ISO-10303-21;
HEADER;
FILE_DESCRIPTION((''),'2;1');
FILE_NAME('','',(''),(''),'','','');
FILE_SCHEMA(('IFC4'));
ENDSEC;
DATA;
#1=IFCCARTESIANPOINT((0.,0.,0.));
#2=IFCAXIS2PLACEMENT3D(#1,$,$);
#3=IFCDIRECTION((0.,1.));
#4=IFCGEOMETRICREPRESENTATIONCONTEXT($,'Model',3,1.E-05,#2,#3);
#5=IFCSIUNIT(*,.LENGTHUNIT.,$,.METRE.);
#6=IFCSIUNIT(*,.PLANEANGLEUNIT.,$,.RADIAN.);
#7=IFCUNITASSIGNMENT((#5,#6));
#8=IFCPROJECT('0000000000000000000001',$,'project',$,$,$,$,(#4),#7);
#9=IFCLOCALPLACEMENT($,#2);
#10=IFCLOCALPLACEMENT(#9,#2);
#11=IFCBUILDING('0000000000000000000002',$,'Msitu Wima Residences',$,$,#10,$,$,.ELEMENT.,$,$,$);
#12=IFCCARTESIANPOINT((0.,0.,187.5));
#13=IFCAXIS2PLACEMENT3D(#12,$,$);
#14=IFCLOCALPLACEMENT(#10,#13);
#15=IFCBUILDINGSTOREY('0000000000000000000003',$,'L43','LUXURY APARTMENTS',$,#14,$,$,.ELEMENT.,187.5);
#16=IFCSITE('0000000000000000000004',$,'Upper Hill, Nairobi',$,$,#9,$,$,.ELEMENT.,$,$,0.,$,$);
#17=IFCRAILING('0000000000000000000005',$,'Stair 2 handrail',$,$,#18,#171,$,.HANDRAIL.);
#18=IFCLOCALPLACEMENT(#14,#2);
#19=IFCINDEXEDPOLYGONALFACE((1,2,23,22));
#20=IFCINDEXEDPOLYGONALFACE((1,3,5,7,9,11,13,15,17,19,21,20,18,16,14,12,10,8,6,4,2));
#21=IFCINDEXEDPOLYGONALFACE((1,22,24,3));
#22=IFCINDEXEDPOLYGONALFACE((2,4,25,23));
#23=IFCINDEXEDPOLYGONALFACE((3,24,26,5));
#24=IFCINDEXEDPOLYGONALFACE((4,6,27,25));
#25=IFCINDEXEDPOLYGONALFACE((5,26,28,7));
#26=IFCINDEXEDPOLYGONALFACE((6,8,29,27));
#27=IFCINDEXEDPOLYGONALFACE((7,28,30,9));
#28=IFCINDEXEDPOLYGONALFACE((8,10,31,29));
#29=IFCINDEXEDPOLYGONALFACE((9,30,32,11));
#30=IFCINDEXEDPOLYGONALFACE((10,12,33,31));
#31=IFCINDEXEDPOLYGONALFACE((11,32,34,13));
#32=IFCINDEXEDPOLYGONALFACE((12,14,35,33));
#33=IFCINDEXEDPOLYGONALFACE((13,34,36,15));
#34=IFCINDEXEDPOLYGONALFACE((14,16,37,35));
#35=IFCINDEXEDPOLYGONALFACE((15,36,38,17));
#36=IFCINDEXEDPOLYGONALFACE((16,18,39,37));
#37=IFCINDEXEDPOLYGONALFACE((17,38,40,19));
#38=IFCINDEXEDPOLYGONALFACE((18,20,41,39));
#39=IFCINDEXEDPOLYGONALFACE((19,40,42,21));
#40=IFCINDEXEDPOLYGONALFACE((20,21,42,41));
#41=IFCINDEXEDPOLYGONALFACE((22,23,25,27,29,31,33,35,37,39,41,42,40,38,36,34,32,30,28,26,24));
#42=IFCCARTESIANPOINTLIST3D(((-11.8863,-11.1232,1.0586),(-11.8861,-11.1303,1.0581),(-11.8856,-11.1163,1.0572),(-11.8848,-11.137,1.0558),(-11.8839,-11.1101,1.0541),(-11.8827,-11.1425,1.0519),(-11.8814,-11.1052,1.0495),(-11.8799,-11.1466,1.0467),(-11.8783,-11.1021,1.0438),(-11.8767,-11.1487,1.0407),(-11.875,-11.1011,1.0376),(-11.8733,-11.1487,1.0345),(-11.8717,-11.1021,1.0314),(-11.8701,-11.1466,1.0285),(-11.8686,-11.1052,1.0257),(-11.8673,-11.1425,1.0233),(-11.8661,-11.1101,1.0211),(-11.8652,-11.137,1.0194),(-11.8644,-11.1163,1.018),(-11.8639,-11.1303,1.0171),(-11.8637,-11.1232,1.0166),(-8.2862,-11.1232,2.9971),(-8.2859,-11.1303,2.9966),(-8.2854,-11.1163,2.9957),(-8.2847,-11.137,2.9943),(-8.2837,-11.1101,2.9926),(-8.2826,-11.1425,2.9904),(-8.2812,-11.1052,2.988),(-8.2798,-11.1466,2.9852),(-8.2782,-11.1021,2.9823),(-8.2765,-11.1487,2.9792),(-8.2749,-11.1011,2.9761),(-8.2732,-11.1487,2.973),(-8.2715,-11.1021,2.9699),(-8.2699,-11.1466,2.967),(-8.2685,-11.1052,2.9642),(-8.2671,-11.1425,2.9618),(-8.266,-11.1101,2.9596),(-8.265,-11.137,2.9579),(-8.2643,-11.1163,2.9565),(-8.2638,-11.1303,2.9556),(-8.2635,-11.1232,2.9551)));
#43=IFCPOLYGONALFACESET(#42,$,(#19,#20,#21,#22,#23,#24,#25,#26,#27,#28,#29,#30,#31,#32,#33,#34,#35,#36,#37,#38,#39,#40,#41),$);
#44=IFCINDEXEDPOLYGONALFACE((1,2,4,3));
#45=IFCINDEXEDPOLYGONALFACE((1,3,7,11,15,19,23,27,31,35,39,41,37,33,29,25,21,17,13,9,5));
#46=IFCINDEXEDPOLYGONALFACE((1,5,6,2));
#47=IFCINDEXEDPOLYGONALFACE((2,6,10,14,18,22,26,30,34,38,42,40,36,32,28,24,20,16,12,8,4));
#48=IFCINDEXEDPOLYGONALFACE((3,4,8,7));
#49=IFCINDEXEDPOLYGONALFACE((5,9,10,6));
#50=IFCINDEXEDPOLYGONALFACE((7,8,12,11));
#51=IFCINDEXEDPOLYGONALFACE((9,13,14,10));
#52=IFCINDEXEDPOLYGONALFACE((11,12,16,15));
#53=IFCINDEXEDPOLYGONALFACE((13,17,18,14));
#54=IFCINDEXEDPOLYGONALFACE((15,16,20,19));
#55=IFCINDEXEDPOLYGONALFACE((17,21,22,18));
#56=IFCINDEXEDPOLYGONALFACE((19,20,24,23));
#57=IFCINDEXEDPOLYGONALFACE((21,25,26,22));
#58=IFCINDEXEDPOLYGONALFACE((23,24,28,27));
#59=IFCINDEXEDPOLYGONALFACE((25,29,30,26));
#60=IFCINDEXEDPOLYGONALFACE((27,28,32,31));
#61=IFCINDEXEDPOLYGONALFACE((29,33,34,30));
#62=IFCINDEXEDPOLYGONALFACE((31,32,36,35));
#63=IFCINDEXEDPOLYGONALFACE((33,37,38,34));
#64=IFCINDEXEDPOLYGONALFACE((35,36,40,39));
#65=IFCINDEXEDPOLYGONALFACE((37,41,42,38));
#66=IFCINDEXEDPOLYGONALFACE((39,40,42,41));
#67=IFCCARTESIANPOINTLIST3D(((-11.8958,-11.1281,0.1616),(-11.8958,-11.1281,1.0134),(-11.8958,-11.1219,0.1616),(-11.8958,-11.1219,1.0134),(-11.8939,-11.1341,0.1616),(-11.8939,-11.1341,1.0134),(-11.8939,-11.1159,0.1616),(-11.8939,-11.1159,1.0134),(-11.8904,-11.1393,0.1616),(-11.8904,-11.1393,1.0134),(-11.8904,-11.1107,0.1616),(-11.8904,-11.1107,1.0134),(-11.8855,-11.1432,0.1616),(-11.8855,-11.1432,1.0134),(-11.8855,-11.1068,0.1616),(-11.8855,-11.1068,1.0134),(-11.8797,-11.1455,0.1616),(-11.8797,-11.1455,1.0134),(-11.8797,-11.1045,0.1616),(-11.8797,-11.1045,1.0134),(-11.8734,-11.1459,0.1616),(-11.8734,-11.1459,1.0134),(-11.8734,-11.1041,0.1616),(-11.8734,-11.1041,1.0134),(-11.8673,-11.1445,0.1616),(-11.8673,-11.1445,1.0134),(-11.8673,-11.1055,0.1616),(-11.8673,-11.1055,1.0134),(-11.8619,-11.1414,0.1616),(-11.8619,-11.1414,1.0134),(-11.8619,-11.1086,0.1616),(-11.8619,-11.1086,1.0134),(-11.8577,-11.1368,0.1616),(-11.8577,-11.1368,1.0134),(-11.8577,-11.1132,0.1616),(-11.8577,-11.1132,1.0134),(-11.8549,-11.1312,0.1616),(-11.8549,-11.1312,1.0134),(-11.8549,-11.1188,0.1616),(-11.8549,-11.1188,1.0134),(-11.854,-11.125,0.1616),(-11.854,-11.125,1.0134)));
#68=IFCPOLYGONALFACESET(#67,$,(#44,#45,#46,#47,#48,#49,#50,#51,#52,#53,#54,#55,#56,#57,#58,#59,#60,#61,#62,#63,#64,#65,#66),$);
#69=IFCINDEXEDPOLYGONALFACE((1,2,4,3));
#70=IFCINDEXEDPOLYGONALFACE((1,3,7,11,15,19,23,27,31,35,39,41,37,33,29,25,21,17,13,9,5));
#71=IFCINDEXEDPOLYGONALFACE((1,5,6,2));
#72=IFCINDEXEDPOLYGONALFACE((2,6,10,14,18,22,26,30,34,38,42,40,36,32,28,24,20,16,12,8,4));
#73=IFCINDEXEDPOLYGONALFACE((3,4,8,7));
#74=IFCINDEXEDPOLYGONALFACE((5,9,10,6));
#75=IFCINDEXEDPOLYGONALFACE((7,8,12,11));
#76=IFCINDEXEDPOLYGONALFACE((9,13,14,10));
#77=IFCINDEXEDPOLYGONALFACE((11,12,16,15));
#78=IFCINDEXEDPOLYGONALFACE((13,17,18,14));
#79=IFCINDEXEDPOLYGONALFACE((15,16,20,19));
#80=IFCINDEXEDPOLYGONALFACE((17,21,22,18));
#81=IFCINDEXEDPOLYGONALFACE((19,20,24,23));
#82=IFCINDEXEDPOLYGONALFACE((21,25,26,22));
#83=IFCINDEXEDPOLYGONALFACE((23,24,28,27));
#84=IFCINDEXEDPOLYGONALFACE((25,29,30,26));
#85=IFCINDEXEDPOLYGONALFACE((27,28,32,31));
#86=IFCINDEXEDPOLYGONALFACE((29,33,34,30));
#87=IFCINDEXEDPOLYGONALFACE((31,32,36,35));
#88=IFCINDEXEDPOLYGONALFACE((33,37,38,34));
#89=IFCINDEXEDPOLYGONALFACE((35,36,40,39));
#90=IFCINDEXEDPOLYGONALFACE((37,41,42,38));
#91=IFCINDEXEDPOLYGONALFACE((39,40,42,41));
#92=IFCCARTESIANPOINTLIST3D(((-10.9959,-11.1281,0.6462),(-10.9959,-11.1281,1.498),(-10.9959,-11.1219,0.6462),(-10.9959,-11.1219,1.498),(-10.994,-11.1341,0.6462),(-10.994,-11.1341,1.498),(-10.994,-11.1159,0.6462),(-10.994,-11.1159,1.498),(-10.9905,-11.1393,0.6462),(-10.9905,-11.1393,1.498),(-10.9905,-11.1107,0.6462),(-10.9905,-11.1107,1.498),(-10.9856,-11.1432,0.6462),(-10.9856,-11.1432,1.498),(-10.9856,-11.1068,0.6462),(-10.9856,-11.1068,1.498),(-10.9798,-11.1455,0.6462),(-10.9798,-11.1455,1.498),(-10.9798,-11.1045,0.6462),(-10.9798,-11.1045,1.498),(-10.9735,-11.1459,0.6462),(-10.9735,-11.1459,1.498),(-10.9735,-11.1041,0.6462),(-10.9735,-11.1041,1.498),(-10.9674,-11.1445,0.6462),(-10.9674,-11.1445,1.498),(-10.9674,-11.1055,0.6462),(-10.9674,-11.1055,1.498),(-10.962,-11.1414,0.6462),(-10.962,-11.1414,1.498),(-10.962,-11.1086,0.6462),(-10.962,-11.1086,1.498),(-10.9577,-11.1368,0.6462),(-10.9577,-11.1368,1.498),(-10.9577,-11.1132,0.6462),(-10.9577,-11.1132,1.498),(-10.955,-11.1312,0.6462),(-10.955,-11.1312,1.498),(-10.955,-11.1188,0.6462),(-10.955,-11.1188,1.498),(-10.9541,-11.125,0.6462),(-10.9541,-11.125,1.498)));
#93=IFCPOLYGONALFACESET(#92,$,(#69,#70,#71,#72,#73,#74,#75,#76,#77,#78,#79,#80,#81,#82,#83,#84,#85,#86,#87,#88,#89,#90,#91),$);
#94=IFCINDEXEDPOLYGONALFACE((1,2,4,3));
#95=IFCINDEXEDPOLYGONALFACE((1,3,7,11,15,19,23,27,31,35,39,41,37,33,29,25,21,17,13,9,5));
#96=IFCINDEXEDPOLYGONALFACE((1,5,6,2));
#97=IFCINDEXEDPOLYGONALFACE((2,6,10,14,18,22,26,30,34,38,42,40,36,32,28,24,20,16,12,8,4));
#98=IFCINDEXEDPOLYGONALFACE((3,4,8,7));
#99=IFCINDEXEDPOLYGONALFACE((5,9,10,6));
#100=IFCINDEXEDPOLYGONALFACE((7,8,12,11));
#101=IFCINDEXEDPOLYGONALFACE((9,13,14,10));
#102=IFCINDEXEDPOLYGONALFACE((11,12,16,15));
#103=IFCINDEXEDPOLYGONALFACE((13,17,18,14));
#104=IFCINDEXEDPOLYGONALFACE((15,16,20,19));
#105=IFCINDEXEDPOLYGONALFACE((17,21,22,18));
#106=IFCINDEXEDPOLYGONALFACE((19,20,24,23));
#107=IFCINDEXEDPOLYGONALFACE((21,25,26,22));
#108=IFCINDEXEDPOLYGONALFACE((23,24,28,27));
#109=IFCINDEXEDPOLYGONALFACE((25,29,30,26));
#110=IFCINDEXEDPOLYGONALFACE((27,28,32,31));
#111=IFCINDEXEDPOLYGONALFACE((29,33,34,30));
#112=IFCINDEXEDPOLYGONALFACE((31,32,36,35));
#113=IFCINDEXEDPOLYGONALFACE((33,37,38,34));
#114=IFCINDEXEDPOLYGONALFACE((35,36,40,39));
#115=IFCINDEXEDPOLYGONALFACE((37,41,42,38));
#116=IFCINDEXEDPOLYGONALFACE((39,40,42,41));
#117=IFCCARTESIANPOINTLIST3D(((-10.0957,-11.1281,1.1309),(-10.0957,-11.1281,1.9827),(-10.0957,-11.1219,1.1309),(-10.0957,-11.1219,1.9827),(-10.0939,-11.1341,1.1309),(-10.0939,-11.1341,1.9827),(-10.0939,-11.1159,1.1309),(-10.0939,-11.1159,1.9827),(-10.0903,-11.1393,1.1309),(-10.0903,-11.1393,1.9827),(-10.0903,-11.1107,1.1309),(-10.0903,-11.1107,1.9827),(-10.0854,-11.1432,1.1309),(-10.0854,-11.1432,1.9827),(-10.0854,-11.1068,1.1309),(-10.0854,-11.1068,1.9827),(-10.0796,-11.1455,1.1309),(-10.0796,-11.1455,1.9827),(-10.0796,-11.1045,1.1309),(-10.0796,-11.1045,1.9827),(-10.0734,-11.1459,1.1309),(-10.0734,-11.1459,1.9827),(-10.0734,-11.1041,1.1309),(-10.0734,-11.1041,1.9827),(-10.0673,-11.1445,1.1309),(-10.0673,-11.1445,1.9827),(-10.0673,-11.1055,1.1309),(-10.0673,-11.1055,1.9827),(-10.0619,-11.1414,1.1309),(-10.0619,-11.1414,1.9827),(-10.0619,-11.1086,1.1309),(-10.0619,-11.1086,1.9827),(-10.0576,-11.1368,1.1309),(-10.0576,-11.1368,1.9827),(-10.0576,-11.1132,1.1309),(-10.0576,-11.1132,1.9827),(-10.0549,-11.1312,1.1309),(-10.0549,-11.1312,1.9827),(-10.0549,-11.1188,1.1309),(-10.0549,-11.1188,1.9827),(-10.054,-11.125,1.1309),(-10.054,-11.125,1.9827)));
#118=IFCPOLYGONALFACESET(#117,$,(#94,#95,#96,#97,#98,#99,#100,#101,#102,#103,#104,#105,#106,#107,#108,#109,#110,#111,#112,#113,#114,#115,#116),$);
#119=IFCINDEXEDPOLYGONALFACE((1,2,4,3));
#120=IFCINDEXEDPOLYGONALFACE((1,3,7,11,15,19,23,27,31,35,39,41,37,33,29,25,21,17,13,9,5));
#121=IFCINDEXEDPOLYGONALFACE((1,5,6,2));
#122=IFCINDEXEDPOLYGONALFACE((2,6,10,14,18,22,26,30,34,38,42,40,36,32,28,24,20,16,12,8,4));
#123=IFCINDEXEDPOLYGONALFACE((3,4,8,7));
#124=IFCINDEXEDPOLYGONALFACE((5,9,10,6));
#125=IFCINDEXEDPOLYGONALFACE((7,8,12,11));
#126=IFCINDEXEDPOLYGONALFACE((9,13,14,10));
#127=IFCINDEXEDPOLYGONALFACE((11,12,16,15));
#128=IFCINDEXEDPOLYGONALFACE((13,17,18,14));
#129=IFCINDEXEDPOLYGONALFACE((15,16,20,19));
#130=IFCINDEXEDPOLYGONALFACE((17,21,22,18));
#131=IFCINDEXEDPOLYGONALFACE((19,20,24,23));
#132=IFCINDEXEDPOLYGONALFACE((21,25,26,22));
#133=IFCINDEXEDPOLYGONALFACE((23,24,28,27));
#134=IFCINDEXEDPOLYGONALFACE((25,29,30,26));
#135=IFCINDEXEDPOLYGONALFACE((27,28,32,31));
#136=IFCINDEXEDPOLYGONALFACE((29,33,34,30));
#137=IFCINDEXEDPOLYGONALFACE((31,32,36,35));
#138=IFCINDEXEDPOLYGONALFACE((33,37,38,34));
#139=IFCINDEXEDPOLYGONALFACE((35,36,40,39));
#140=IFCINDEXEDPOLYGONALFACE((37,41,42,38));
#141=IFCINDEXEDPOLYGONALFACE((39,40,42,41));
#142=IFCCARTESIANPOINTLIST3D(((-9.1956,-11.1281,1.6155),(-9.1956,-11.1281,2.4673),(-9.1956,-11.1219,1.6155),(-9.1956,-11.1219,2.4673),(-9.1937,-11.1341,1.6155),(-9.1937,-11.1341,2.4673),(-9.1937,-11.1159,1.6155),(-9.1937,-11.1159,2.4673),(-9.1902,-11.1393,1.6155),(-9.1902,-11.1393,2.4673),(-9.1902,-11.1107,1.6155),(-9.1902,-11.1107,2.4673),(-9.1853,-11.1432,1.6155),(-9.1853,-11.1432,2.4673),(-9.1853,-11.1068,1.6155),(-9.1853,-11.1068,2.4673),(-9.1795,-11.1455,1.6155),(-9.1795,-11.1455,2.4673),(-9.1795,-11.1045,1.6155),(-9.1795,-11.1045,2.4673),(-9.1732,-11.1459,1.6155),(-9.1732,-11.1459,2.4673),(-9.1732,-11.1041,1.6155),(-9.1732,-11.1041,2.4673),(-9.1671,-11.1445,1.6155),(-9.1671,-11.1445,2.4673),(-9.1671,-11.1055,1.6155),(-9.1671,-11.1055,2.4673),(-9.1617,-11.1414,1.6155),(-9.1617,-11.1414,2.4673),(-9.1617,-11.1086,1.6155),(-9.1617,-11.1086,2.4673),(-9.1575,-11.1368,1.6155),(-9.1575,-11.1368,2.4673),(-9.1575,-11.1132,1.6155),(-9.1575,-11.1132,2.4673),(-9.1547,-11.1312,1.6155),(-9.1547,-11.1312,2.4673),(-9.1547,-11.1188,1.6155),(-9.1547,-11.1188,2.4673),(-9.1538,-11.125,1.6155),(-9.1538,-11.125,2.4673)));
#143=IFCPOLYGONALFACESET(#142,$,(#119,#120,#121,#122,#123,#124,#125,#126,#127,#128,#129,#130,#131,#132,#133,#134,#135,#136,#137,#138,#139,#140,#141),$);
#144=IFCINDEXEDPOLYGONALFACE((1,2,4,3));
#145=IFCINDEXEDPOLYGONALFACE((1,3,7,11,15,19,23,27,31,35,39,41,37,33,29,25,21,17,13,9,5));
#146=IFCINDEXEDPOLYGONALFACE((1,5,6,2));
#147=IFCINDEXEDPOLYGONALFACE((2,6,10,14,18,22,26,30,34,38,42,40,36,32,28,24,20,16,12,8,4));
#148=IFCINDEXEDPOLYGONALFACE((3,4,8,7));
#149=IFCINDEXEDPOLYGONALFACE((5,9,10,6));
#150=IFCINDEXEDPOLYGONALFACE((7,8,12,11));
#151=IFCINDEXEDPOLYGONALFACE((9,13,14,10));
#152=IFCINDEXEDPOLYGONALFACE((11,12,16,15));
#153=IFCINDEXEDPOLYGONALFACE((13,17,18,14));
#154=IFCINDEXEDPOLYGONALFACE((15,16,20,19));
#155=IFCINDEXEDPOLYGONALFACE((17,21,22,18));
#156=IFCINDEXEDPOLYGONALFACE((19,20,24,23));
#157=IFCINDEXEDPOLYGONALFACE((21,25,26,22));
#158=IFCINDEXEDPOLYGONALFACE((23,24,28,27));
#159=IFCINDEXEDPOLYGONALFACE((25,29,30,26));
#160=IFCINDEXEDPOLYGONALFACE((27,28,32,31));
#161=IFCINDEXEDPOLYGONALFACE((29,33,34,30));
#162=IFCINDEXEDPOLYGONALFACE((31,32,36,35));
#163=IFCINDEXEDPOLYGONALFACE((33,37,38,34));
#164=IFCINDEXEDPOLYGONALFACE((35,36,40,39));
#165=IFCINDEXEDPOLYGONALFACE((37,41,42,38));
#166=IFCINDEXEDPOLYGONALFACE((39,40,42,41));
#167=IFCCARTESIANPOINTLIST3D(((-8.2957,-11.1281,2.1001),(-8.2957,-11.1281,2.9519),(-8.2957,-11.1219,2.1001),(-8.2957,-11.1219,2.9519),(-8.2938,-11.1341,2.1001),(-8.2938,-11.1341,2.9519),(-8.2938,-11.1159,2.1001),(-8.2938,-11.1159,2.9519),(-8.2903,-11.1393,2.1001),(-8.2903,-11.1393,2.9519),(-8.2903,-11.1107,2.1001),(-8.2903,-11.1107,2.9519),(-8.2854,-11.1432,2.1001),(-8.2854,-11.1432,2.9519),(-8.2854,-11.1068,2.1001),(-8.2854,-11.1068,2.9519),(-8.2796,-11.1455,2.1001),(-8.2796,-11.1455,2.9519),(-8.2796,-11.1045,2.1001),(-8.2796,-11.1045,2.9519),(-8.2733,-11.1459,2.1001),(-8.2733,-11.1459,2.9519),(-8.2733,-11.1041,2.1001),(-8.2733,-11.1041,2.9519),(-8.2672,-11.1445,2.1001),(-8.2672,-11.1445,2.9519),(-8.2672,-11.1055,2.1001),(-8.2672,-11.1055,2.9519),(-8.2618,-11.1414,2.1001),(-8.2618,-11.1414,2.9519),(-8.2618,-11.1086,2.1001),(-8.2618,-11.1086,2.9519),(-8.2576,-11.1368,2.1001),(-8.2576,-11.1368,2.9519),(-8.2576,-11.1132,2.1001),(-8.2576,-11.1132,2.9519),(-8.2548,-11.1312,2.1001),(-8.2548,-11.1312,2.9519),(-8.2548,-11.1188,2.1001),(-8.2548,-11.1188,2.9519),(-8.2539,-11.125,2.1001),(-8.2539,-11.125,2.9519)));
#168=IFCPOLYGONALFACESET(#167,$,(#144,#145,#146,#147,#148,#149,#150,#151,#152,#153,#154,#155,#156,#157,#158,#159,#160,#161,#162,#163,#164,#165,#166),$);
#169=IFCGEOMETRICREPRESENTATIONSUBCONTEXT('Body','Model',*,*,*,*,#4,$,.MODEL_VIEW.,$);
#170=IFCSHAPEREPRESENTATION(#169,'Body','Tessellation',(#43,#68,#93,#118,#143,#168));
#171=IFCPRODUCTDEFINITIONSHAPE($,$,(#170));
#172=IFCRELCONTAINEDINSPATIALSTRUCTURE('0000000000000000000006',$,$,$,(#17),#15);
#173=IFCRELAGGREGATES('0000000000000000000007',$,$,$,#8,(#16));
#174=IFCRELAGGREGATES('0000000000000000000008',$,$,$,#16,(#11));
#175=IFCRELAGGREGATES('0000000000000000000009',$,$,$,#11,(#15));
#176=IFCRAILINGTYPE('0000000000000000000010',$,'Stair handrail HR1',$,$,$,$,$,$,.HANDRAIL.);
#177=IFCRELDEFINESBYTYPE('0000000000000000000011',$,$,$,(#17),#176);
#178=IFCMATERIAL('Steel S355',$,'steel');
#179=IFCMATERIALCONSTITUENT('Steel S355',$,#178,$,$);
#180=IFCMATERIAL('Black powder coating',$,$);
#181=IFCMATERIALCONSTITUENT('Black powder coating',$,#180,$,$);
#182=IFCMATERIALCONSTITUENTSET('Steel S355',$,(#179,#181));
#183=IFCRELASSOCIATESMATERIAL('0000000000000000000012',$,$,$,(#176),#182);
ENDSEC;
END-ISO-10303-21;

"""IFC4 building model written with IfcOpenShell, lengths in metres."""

from ifc_helpers import new_model, si_unit, direction, frame, origin, origin_2d, place, context, subcontext, project, spatial, circle, extrude, material, constituent, constituent_set, type_object, element, save


model = new_model("IFC4")

# Units and contexts
model_context = context("Model", 3, precision=1e-05, world=origin(), true_north=direction((0.0, 1.0)))
body_context = subcontext(model_context, "Body", "Model", "MODEL_VIEW")
ifc_project = project(units=[si_unit("LENGTHUNIT", "METRE"), si_unit("PLANEANGLEUNIT", "RADIAN")], contexts=[model_context])

# Site, building, storey
site_placement = place(None, origin())
site = spatial("IfcSite", under=ifc_project, at=site_placement, Name="Upper Hill, Nairobi", CompositionType="ELEMENT", RefElevation=0.0)
building_placement = place(site_placement, origin())
building = spatial("IfcBuilding", under=site, at=building_placement, Name="Msitu Wima Residences", CompositionType="ELEMENT")
storey_placement = place(building_placement, frame((0.0, 0.0, 187.5)))
storey = spatial("IfcBuildingStorey", under=building, at=storey_placement, Name="L43", Description="LUXURY APARTMENTS", CompositionType="ELEMENT", Elevation=187.5)

# Railing
ifc_material_1 = material(Name="Steel S355", Category="steel")
ifc_constituent_1 = constituent(ifc_material_1, Name="Steel S355")
ifc_material_2 = material(Name="Black powder coating")
ifc_constituent_2 = constituent(ifc_material_2, Name="Black powder coating")
ifc_constituent_set = constituent_set(constituents=[ifc_constituent_1, ifc_constituent_2], Name="Steel S355")
railing_type = type_object("IfcRailingType", Name="Stair handrail HR1", PredefinedType="HANDRAIL", material=ifc_constituent_set)
for number, where, name in (
    (1, (-11.875, -11.125, 0.1616), "Stair 2 handrail"),
):
    element("IfcRailing", number, at=place(storey_placement, frame(where)), inside=storey, type_object=railing_type, Name=name, PredefinedType="HANDRAIL", context=body_context, shape_type="SweptSolid", body=[
        extrude(circle(Radius=0.0239, at=origin_2d()), frame((0.0, 0.0, 0.876), z_axis=(0.880475, 0.0, 0.474093), x_axis=(0.0, 1.0, 0.0)), (0.0, 0.0, 1.0), 4.0889),
        extrude(circle(Radius=0.021, at=origin_2d()), origin(), (0.0, 0.0, 1.0), 0.8518),
        extrude(circle(Radius=0.021, at=origin_2d()), frame((0.8999, 0.0, 0.4846)), (0.0, 0.0, 1.0), 0.8518),
        extrude(circle(Radius=0.021, at=origin_2d()), frame((1.8, 0.0, 0.9692)), (0.0, 0.0, 1.0), 0.8518),
        extrude(circle(Radius=0.021, at=origin_2d()), frame((2.7002, 0.0, 1.4539)), (0.0, 0.0, 1.0), 0.8518),
        extrude(circle(Radius=0.021, at=origin_2d()), frame((3.6001, 0.0, 1.9385)), (0.0, 0.0, 1.0), 0.8518),
    ])

save(model, "model.ifc")
